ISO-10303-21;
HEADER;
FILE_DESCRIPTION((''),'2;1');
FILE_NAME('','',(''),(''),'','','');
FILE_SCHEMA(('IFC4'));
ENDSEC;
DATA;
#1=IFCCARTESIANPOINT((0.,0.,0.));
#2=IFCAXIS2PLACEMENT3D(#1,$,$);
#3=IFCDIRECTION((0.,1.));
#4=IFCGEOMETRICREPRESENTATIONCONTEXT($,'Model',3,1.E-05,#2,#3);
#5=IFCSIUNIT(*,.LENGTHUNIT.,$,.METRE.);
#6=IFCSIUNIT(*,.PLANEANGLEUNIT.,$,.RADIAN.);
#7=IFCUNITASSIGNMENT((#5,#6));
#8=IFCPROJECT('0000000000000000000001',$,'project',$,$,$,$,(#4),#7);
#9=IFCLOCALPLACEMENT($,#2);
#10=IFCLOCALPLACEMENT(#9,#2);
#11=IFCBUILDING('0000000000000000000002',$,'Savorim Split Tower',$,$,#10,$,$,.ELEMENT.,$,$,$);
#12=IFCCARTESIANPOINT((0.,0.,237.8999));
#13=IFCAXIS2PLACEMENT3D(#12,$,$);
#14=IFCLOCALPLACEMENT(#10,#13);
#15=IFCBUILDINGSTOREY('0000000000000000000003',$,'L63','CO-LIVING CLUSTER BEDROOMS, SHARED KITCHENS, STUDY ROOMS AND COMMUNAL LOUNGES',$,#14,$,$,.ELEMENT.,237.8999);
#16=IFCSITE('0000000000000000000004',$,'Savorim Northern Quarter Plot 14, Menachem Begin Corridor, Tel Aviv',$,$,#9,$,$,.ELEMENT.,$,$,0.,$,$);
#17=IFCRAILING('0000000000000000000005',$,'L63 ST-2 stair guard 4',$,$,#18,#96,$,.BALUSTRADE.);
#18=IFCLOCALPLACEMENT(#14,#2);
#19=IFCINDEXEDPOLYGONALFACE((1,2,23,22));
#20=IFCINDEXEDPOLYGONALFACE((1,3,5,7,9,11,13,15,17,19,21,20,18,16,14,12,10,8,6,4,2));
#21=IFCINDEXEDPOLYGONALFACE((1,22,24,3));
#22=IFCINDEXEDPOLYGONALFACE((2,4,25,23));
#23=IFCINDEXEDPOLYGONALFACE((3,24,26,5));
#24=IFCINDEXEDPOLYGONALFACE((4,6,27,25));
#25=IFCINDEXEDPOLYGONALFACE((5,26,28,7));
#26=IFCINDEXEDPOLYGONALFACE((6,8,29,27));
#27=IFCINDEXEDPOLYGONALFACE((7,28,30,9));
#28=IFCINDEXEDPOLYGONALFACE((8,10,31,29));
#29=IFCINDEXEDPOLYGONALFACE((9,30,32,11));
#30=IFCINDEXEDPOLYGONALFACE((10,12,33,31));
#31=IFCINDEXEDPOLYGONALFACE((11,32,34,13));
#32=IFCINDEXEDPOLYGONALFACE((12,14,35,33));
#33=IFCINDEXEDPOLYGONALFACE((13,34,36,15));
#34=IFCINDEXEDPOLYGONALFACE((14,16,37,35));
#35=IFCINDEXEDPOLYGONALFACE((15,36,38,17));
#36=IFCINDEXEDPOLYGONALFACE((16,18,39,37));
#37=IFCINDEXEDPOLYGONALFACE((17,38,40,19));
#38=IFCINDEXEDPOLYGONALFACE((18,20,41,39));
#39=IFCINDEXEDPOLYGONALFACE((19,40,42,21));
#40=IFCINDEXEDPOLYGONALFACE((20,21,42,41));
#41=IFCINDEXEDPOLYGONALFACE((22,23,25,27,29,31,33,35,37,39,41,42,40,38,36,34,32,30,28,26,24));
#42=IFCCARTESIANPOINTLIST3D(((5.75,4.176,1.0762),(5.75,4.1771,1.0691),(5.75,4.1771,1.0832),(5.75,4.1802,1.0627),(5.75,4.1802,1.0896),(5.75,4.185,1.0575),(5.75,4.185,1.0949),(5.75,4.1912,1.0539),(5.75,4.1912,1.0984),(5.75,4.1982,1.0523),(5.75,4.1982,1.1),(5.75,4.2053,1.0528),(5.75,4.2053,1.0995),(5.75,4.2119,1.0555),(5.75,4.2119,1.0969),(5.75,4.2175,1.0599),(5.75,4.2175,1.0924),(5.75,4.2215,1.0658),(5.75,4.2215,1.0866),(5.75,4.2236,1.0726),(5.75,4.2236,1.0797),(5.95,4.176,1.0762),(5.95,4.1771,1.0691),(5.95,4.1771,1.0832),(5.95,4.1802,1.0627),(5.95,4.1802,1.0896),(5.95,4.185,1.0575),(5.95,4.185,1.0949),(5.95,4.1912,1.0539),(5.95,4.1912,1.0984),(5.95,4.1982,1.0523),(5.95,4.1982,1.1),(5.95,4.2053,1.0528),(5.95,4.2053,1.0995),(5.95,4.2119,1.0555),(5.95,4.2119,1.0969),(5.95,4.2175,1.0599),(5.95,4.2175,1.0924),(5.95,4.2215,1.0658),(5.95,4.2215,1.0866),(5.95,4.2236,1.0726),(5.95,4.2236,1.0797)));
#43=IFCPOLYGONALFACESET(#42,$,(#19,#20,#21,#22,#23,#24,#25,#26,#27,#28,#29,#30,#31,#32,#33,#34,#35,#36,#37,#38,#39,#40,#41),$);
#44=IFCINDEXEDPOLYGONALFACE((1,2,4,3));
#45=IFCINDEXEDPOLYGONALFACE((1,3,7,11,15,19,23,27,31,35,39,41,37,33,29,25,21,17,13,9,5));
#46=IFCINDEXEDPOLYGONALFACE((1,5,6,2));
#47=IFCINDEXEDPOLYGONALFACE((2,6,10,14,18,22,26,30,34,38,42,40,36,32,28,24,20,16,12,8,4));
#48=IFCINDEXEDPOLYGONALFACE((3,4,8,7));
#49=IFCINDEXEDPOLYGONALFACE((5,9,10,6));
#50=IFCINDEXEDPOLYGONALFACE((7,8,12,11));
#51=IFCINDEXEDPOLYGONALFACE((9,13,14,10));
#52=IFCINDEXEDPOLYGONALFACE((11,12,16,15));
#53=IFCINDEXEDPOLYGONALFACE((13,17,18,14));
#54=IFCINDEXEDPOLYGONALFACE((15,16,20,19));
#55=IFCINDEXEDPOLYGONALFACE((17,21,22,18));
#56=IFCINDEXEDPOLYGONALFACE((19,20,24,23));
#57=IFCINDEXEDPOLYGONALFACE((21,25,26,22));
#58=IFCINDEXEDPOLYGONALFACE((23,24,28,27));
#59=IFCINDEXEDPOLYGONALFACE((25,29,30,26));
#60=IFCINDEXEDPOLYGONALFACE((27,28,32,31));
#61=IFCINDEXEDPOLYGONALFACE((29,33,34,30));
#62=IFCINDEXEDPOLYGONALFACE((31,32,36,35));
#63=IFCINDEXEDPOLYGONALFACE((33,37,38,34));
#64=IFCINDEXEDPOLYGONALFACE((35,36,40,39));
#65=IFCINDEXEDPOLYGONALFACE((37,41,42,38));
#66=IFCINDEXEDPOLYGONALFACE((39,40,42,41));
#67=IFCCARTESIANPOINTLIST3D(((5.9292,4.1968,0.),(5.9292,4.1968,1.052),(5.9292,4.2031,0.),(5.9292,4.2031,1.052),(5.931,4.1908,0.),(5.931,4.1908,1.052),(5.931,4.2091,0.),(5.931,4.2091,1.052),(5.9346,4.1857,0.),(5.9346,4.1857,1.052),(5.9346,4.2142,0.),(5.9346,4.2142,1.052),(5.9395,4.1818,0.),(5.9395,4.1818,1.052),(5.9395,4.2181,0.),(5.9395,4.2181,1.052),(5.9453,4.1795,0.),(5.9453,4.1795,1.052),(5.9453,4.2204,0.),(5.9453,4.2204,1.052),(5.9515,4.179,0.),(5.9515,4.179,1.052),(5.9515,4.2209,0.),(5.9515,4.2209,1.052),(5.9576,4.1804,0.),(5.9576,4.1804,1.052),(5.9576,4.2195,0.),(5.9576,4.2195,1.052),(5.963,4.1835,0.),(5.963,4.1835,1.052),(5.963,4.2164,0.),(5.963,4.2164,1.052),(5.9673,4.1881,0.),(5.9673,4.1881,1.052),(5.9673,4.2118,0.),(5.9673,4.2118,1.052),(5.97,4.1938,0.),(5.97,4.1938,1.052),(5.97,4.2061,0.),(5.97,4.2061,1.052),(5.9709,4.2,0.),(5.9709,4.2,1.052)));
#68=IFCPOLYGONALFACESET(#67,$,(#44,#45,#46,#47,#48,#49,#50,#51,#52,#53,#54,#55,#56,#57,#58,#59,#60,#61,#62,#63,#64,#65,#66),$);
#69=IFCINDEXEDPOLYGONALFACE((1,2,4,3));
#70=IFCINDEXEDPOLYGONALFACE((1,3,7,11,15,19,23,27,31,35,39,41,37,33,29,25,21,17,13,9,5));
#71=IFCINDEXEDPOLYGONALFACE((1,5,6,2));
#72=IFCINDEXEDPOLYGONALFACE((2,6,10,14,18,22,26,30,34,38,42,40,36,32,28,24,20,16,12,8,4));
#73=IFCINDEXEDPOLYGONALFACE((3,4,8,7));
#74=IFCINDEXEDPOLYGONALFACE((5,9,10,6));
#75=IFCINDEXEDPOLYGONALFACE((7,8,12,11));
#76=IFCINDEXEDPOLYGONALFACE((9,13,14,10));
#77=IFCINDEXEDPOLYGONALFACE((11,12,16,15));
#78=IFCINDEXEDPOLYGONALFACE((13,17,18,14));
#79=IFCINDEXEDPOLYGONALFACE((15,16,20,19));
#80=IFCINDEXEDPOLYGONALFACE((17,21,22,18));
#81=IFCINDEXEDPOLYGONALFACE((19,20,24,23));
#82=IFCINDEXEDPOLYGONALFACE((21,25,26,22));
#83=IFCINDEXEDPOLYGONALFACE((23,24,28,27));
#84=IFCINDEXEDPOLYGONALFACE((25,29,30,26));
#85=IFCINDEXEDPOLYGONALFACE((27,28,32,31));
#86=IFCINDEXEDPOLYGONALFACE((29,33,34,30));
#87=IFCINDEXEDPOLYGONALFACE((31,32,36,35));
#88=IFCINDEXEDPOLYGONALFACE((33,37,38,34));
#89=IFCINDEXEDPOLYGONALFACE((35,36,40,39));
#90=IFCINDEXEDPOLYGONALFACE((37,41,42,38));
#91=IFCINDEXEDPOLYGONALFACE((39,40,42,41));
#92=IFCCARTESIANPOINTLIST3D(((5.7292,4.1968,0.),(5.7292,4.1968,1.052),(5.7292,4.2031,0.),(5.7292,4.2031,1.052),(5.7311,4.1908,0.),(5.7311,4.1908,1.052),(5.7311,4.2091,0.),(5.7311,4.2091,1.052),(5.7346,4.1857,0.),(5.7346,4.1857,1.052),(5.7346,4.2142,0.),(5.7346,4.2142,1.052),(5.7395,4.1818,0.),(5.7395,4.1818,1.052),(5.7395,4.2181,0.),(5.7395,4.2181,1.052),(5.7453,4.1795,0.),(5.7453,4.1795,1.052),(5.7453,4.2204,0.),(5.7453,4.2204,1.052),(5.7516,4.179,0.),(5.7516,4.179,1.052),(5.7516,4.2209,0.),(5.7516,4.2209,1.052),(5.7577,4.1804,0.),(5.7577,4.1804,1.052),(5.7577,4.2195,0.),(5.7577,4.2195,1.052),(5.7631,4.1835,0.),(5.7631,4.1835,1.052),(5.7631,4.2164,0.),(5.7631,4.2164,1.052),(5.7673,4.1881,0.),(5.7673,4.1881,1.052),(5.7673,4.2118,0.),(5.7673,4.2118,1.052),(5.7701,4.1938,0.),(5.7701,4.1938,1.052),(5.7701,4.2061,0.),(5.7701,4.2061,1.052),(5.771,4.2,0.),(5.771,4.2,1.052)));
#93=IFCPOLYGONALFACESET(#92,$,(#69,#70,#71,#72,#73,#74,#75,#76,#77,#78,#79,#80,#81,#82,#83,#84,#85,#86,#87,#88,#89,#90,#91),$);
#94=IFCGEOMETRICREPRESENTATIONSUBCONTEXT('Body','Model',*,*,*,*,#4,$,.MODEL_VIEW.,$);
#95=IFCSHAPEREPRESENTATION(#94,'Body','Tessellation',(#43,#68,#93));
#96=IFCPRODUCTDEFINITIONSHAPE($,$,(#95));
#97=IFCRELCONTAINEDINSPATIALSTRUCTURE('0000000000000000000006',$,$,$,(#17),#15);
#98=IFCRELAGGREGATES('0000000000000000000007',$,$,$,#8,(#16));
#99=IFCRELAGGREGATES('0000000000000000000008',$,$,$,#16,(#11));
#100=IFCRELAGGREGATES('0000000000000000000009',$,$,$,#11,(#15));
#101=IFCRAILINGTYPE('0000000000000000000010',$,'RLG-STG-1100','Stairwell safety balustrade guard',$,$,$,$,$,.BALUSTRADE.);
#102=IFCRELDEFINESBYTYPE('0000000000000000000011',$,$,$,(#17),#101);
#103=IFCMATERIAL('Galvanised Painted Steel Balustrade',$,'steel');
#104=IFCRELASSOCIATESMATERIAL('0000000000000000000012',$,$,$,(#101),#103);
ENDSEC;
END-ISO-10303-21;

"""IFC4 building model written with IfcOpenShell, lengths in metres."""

from ifc_helpers import new_model, si_unit, direction, frame, origin, origin_2d, place, context, subcontext, project, spatial, circle, extrude, material, type_object, element, save


model = new_model("IFC4")

# Units and contexts
model_context = context("Model", 3, precision=1e-05, world=origin(), true_north=direction((0.0, 1.0)))
body_context = subcontext(model_context, "Body", "Model", "MODEL_VIEW")
ifc_project = project(units=[si_unit("LENGTHUNIT", "METRE"), si_unit("PLANEANGLEUNIT", "RADIAN")], contexts=[model_context])

# Site, building, storey
site_placement = place(None, origin())
site = spatial("IfcSite", under=ifc_project, at=site_placement, Name="Savorim Northern Quarter Plot 14, Menachem Begin Corridor, Tel Aviv", CompositionType="ELEMENT", RefElevation=0.0)
building_placement = place(site_placement, origin())
building = spatial("IfcBuilding", under=site, at=building_placement, Name="Savorim Split Tower", CompositionType="ELEMENT")
storey_placement = place(building_placement, frame((0.0, 0.0, 237.8999)))
storey = spatial("IfcBuildingStorey", under=building, at=storey_placement, Name="L63", Description="CO-LIVING CLUSTER BEDROOMS, SHARED KITCHENS, STUDY ROOMS AND COMMUNAL LOUNGES", CompositionType="ELEMENT", Elevation=237.8999)

# Railing
ifc_material_1 = material(Name="Galvanised Painted Steel Balustrade", Category="steel")
railing_type_1 = type_object("IfcRailingType", Name="RLG-STG-1100", Description="Stairwell safety balustrade guard", PredefinedType="BALUSTRADE", material=ifc_material_1)
railing_1_placement = place(storey_placement, frame((5.95, 4.2, 0.0)))
element("IfcRailing", 1, at=railing_1_placement, inside=storey, type_object=railing_type_1, Name="L63 ST-2 stair guard 4", PredefinedType="BALUSTRADE", context=body_context, shape_type="SweptSolid", body=[
    extrude(circle(Radius=0.0239, at=origin_2d()), frame((0.0, 0.0, 1.0762), z_axis=(-1.0, 0.0, 0.0), x_axis=(0.0, -1.0, 0.0)), (0.0, 0.0, 1.0), 0.2),
    extrude(circle(Radius=0.021, at=origin_2d()), origin(), (0.0, 0.0, 1.0), 1.052),
    extrude(circle(Radius=0.021, at=origin_2d()), frame((-0.2, 0.0, 0.0)), (0.0, 0.0, 1.0), 1.052),
])

save(model, "model.ifc")
